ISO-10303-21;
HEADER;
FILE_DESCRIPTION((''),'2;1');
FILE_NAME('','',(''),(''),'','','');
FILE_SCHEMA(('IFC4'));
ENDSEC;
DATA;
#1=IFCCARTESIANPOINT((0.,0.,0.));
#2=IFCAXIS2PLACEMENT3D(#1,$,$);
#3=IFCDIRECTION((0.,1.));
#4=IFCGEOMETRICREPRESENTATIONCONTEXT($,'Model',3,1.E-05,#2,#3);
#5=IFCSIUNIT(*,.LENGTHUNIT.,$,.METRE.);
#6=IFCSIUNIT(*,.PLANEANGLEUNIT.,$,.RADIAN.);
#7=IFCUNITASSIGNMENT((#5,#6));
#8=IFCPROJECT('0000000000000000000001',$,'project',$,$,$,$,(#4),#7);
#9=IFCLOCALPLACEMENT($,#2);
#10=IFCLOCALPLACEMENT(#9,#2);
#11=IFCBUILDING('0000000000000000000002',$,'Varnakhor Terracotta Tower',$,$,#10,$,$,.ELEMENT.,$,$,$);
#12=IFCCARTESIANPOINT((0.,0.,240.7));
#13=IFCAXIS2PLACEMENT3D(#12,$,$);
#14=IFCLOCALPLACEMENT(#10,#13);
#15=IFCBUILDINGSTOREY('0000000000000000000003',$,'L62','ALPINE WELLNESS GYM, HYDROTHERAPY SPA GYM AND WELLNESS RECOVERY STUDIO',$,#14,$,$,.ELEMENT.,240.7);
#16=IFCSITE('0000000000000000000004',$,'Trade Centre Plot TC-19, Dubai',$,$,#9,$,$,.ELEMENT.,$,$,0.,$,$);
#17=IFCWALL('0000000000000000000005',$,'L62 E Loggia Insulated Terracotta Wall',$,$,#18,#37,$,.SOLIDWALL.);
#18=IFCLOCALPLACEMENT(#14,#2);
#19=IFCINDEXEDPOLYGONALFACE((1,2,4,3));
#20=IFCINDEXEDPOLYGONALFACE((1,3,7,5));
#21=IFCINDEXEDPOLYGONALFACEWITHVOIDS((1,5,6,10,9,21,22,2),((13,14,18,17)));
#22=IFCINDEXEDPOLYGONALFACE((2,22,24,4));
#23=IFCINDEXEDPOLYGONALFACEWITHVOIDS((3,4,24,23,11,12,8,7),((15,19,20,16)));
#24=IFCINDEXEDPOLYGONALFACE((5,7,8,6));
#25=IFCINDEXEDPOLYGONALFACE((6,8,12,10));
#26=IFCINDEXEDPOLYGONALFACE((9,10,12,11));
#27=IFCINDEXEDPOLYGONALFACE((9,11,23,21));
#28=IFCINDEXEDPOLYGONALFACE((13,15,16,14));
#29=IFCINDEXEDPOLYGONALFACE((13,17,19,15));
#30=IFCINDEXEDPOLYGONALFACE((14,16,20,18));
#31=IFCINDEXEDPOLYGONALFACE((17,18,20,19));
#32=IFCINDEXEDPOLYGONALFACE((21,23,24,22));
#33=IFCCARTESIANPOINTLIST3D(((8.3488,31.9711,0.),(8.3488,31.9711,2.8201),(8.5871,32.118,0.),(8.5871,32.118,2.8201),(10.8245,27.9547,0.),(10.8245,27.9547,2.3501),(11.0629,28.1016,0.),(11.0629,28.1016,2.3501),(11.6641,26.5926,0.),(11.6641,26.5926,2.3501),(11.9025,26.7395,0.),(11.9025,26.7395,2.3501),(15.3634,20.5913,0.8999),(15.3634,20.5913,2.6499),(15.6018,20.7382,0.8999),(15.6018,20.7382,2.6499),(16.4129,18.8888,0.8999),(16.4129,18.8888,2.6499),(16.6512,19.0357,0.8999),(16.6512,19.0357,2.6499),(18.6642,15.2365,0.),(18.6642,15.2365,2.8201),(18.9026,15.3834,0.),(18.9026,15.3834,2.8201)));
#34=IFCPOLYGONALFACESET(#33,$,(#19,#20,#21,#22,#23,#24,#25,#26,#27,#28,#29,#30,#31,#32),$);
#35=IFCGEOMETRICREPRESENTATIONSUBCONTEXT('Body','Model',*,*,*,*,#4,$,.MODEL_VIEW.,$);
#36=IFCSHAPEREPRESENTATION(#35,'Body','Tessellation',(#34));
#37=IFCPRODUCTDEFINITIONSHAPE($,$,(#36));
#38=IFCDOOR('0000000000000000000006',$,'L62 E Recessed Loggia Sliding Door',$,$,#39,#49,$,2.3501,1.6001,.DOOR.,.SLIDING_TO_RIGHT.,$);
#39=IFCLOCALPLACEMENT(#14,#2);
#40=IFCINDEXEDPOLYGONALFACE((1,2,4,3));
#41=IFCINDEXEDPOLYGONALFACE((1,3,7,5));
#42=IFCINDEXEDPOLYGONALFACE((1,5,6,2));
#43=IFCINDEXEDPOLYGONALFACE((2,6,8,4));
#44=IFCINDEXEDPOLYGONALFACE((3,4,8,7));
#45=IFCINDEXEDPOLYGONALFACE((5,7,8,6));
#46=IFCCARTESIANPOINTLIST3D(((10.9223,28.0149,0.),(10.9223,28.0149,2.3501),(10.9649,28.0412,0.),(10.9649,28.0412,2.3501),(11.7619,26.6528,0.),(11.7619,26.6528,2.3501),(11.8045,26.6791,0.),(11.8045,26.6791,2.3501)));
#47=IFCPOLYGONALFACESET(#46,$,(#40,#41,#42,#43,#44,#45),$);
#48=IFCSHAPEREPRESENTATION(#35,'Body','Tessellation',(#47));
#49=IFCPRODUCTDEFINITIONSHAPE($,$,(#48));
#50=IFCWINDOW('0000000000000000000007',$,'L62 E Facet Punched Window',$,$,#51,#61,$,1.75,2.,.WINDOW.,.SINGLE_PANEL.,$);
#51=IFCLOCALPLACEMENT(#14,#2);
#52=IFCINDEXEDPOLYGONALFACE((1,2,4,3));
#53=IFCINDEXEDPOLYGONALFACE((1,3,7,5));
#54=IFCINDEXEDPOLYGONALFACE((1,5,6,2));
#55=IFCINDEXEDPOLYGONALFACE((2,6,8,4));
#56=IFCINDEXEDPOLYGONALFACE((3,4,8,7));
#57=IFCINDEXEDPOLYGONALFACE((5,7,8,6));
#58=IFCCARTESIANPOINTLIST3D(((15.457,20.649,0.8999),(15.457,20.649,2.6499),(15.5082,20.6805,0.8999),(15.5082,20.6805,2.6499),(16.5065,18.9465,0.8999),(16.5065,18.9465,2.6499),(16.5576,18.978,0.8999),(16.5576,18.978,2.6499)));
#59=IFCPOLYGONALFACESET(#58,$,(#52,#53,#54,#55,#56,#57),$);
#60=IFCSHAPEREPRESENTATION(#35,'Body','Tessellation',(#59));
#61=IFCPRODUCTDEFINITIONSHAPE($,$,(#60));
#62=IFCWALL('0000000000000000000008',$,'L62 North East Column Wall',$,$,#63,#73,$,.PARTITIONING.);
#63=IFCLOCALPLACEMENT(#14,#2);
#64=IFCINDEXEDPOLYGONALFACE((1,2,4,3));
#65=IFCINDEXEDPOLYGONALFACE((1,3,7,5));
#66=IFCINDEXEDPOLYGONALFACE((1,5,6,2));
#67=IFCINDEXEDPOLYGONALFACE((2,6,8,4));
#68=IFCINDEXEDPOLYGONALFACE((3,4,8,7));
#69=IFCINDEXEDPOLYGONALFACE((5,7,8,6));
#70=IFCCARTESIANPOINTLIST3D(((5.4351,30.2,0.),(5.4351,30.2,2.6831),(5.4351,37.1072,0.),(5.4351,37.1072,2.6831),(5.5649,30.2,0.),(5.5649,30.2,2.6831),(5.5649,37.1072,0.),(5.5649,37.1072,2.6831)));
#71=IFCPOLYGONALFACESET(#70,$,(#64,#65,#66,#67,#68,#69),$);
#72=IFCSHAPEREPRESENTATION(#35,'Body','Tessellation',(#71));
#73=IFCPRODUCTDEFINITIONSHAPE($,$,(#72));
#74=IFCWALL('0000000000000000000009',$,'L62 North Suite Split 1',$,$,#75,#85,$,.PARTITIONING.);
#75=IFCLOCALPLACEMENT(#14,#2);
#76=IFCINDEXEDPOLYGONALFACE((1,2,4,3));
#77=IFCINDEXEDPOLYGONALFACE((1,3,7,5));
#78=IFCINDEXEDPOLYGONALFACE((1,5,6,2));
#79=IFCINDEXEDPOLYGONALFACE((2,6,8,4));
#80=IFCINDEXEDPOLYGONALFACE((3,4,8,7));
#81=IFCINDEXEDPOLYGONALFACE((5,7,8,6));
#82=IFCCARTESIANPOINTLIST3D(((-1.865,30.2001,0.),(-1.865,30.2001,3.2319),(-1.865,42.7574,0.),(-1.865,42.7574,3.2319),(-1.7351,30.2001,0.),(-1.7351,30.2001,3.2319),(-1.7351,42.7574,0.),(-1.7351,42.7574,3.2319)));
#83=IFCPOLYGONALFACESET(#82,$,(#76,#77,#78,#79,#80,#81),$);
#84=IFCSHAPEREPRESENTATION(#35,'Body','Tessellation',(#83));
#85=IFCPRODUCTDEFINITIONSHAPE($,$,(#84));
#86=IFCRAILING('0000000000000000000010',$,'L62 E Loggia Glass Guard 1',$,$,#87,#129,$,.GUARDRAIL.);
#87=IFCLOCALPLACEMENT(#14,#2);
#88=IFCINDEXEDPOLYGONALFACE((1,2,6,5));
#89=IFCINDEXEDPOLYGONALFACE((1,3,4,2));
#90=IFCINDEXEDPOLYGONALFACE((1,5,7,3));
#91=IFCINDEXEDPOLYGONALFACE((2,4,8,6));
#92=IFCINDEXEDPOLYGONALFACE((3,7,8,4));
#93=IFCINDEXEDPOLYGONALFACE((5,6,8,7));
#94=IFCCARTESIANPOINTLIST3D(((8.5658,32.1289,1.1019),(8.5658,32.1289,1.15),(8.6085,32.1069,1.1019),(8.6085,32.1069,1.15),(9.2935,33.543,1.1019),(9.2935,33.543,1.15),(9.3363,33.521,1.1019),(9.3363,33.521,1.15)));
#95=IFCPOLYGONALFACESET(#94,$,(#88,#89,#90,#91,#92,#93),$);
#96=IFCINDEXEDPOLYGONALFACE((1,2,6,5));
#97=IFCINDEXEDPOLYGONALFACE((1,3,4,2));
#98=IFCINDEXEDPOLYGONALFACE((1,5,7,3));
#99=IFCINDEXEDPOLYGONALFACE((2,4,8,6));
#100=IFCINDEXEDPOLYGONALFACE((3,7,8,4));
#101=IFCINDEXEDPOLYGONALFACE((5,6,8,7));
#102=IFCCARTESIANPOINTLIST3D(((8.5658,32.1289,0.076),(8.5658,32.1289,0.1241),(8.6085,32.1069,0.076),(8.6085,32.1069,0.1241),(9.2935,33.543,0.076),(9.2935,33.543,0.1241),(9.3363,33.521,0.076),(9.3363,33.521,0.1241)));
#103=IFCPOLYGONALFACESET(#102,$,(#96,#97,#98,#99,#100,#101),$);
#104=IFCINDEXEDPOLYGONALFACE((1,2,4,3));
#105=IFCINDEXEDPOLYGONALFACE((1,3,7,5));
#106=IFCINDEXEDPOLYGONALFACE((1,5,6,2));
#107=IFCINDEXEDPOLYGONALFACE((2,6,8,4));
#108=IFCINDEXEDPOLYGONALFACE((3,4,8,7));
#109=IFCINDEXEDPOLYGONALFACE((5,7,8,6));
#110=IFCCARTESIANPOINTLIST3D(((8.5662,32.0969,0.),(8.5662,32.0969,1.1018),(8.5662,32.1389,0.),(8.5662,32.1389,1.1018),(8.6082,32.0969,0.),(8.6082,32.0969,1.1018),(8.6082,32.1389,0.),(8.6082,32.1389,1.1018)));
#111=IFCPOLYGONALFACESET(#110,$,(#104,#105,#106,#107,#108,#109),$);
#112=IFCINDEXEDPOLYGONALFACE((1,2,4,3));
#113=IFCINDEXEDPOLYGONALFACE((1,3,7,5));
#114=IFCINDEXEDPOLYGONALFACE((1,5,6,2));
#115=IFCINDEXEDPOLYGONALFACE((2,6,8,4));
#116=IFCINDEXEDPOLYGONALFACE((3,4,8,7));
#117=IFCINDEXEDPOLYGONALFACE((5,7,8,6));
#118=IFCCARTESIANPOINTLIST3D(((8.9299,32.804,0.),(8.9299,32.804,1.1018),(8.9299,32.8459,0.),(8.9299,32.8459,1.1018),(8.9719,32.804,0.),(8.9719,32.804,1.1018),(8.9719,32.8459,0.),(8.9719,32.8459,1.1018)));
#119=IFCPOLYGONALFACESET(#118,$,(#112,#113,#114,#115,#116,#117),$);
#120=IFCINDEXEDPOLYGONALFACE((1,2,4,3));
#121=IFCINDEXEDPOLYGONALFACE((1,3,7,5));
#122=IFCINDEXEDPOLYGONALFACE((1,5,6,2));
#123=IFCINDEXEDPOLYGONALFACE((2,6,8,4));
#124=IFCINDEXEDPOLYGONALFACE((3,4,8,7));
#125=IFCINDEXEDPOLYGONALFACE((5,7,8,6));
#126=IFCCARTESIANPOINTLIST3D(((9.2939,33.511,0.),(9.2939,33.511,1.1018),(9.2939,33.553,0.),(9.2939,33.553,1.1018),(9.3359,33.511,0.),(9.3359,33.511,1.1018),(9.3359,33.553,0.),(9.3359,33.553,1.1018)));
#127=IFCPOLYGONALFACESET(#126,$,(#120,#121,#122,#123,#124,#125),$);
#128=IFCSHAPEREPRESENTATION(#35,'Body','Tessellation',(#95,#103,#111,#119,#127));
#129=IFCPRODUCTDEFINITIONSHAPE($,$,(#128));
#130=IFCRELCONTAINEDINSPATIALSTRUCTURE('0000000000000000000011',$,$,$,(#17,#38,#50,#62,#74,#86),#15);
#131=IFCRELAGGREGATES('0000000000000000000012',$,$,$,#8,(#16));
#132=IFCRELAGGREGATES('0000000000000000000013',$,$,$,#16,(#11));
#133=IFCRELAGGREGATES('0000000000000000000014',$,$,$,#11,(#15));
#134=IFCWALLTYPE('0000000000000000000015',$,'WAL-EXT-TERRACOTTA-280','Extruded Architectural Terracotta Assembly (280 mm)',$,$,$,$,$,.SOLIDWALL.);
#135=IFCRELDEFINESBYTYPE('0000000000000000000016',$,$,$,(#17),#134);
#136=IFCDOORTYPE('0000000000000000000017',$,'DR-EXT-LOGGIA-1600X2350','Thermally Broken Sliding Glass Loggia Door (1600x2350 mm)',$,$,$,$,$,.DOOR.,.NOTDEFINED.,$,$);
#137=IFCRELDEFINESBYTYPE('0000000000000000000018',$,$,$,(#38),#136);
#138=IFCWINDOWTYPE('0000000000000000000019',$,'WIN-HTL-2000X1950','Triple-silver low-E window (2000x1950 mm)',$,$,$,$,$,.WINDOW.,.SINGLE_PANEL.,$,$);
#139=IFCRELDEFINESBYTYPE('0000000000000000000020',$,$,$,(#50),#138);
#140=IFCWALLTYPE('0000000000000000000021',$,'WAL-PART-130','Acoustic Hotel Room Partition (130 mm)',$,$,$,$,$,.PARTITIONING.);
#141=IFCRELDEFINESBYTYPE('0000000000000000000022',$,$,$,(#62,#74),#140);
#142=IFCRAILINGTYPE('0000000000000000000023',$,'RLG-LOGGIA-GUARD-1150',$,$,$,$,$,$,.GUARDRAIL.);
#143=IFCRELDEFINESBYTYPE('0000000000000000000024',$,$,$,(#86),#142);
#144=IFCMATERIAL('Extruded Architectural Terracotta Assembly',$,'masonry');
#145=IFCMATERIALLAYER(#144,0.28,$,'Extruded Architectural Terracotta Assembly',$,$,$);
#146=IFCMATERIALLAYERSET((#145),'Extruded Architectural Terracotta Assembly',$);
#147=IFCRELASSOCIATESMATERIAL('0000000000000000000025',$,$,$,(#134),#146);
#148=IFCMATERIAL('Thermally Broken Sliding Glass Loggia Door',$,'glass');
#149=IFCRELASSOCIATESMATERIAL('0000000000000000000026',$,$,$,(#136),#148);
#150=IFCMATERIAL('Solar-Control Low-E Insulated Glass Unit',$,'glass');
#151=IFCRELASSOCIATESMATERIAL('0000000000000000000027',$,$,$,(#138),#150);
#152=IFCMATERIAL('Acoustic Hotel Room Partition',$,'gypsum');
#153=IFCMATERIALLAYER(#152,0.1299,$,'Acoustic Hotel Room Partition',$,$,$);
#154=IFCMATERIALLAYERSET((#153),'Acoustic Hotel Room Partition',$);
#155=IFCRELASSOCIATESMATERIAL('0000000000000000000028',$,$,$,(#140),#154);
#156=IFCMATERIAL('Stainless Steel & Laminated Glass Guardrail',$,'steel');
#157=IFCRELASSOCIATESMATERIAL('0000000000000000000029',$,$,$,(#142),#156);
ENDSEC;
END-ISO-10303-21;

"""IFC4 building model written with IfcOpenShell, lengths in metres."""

from ifc_helpers import new_model, si_unit, direction, frame, frame_2d, origin, origin_2d, place, context, subcontext, project, spatial, rectangle, extrude, source, transform, mapped, material, layer, layer_set, type_object, type_shapes, element, fill, save


model = new_model("IFC4")

# Units and contexts
model_context = context("Model", 3, precision=1e-05, world=origin(), true_north=direction((0.0, 1.0)))
body_context = subcontext(model_context, "Body", "Model", "MODEL_VIEW")
ifc_project = project(units=[si_unit("LENGTHUNIT", "METRE"), si_unit("PLANEANGLEUNIT", "RADIAN")], contexts=[model_context])

# Site, building, storey
site_placement = place(None, origin())
site = spatial("IfcSite", under=ifc_project, at=site_placement, Name="Trade Centre Plot TC-19, Dubai", CompositionType="ELEMENT", RefElevation=0.0)
building_placement = place(site_placement, origin())
building = spatial("IfcBuilding", under=site, at=building_placement, Name="Varnakhor Terracotta Tower", CompositionType="ELEMENT")
storey_placement = place(building_placement, frame((0.0, 0.0, 240.7)))
storey = spatial("IfcBuildingStorey", under=building, at=storey_placement, Name="L62", Description="ALPINE WELLNESS GYM, HYDROTHERAPY SPA GYM AND WELLNESS RECOVERY STUDIO", CompositionType="ELEMENT", Elevation=240.7)

# Wall, openings, door, window
ifc_material_1 = material(Name="Extruded Architectural Terracotta Assembly", Category="masonry")
ifc_layer_1 = layer(ifc_material_1, 0.28, Name="Extruded Architectural Terracotta Assembly")
ifc_layer_set_1 = layer_set([ifc_layer_1], Name="Extruded Architectural Terracotta Assembly")
wall_type_1 = type_object("IfcWallType", Name="WAL-EXT-TERRACOTTA-280", Description="Extruded Architectural Terracotta Assembly (280 mm)", PredefinedType="SOLIDWALL", material=ifc_layer_set_1)
wall_1_placement = place(storey_placement, frame((8.468, 32.0444, 0.0), z_axis=(0.0, 0.0, 1.0), x_axis=(0.524732, -0.851267, 0.0)))
wall_1 = element("IfcWall", 1, at=wall_1_placement, inside=storey, type_object=wall_type_1, Name="L62 E Loggia Insulated Terracotta Wall", PredefinedType="SOLIDWALL", context=body_context, shape_type="SweptSolid", body=[
    extrude(rectangle(XDim=19.6584, YDim=0.28, at=frame_2d((9.8291, 0.0))), origin(), (0.0, 0.0, 1.0), 2.8201),
])
opening_1_placement = place(wall_1_placement, frame((4.718, 0.0, 0.0)))
opening_1 = element("IfcOpeningElement", 2, at=opening_1_placement, cuts=wall_1, PredefinedType="OPENING", context=body_context, shape_type="SweptSolid", body=[
    extrude(rectangle(XDim=1.6001, YDim=2.3501, at=frame_2d((0.8, 1.175))), frame((0.0, 0.1499, 0.0), z_axis=(0.0, -1.0, 0.0), x_axis=(1.0, 0.0, 0.0)), (0.0, 0.0, 1.0), 0.3),
])
opening_2_placement = place(wall_1_placement, frame((13.3679, 0.0, 0.8999)))
opening_2 = element("IfcOpeningElement", 3, at=opening_2_placement, cuts=wall_1, PredefinedType="OPENING", context=body_context, shape_type="SweptSolid", body=[
    extrude(rectangle(XDim=2.0, YDim=1.75, at=frame_2d((1.0, 0.875))), frame((0.0, 0.1499, 0.0), z_axis=(0.0, -1.0, 0.0), x_axis=(1.0, 0.0, 0.0)), (0.0, 0.0, 1.0), 0.3),
])
ifc_material_2 = material(Name="Thermally Broken Sliding Glass Loggia Door", Category="glass")
door_type = type_object("IfcDoorType", Name="DR-EXT-LOGGIA-1600X2350", Description="Thermally Broken Sliding Glass Loggia Door (1600x2350 mm)", OperationType="NOTDEFINED", PredefinedType="DOOR", material=ifc_material_2)
shared_shape_1 = source(origin(), body_context, "Body", "SweptSolid", [
    extrude(rectangle(XDim=1.6001, YDim=2.3501, at=frame_2d((0.8, 1.175))), frame((0.0, 0.0249, 0.0), z_axis=(0.0, -1.0, 0.0), x_axis=(1.0, 0.0, 0.0)), (0.0, 0.0, 1.0), 0.05),
])
type_shapes(door_type, [shared_shape_1])
door_placement = place(opening_1_placement, origin())
door = element("IfcDoor", 4, at=door_placement, inside=storey, type_object=door_type, Name="L62 E Recessed Loggia Sliding Door", OperationType="SLIDING_TO_RIGHT", OverallHeight=2.3501, OverallWidth=1.6001, PredefinedType="DOOR", context=body_context, shape_type="MappedRepresentation", body=[
    mapped(shared_shape_1, transform((0.0, 0.0, 0.0), scale=1.0)),
])
fill(opening_1, door)
ifc_material_3 = material(Name="Solar-Control Low-E Insulated Glass Unit", Category="glass")
window_type = type_object("IfcWindowType", Name="WIN-HTL-2000X1950", Description="Triple-silver low-E window (2000x1950 mm)", PartitioningType="SINGLE_PANEL", PredefinedType="WINDOW", material=ifc_material_3)
shared_shape_2 = source(origin(), body_context, "Body", "SweptSolid", [
    extrude(rectangle(XDim=2.0, YDim=1.75, at=frame_2d((1.0, 0.875))), frame((0.0, 0.03, 0.0), z_axis=(0.0, -1.0, 0.0), x_axis=(1.0, 0.0, 0.0)), (0.0, 0.0, 1.0), 0.0601),
])
type_shapes(window_type, [shared_shape_2])
window_placement = place(opening_2_placement, origin())
window = element("IfcWindow", 5, at=window_placement, inside=storey, type_object=window_type, Name="L62 E Facet Punched Window", OverallHeight=1.75, OverallWidth=2.0, PartitioningType="SINGLE_PANEL", PredefinedType="WINDOW", context=body_context, shape_type="MappedRepresentation", body=[
    mapped(shared_shape_2, transform((0.0, 0.0, 0.0), scale=1.0)),
])
fill(opening_2, window)

# Walls
ifc_material_4 = material(Name="Acoustic Hotel Room Partition", Category="gypsum")
ifc_layer_2 = layer(ifc_material_4, 0.1299, Name="Acoustic Hotel Room Partition")
ifc_layer_set_2 = layer_set([ifc_layer_2], Name="Acoustic Hotel Room Partition")
wall_type_2 = type_object("IfcWallType", Name="WAL-PART-130", Description="Acoustic Hotel Room Partition (130 mm)", PredefinedType="PARTITIONING", material=ifc_layer_set_2)
wall_2_placement = place(storey_placement, frame((5.5, 30.2, 0.0), z_axis=(0.0, 0.0, 1.0), x_axis=(0.0, 1.0, 0.0)))
element("IfcWall", 6, at=wall_2_placement, inside=storey, type_object=wall_type_2, Name="L62 North East Column Wall", PredefinedType="PARTITIONING", context=body_context, shape_type="SweptSolid", body=[
    extrude(rectangle(XDim=6.9072, YDim=0.1299, at=frame_2d((3.4536, 0.0))), origin(), (0.0, 0.0, 1.0), 2.6831),
])
wall_3_placement = place(storey_placement, frame((-1.8, 30.2, 0.0), z_axis=(0.0, 0.0, 1.0), x_axis=(0.0, 1.0, 0.0)))
element("IfcWall", 7, at=wall_3_placement, inside=storey, type_object=wall_type_2, Name="L62 North Suite Split 1", PredefinedType="PARTITIONING", context=body_context, shape_type="SweptSolid", body=[
    extrude(rectangle(XDim=12.5574, YDim=0.1299, at=frame_2d((6.2788, 0.0))), origin(), (0.0, 0.0, 1.0), 3.2319),
])

# Railing
ifc_material_5 = material(Name="Stainless Steel & Laminated Glass Guardrail", Category="steel")
railing_type = type_object("IfcRailingType", Name="RLG-LOGGIA-GUARD-1150", PredefinedType="GUARDRAIL", material=ifc_material_5)
railing_1_placement = place(storey_placement, frame((8.5872, 32.1179, 0.0)))
element("IfcRailing", 8, at=railing_1_placement, inside=storey, type_object=railing_type, Name="L62 E Loggia Glass Guard 1", PredefinedType="GUARDRAIL", context=body_context, shape_type="SweptSolid", body=[
    extrude(rectangle(XDim=0.0481, YDim=0.0481, at=origin_2d()), frame((0.0, 0.0, 1.126), z_axis=(0.457622, 0.889147, 0.0), x_axis=(-0.889147, 0.457622, 0.0)), (0.0, 0.0, 1.0), 1.5903),
    extrude(rectangle(XDim=0.0481, YDim=0.0481, at=origin_2d()), frame((0.0, 0.0, 0.1001), z_axis=(0.457622, 0.889147, 0.0), x_axis=(-0.889147, 0.457622, 0.0)), (0.0, 0.0, 1.0), 1.5903),
    extrude(rectangle(XDim=0.042, YDim=0.042, at=origin_2d()), origin(), (0.0, 0.0, 1.0), 1.1018),
    extrude(rectangle(XDim=0.042, YDim=0.042, at=origin_2d()), frame((0.3638, 0.707, 0.0)), (0.0, 0.0, 1.0), 1.1018),
    extrude(rectangle(XDim=0.042, YDim=0.042, at=origin_2d()), frame((0.7278, 1.4141, 0.0)), (0.0, 0.0, 1.0), 1.1018),
])

save(model, "model.ifc")
